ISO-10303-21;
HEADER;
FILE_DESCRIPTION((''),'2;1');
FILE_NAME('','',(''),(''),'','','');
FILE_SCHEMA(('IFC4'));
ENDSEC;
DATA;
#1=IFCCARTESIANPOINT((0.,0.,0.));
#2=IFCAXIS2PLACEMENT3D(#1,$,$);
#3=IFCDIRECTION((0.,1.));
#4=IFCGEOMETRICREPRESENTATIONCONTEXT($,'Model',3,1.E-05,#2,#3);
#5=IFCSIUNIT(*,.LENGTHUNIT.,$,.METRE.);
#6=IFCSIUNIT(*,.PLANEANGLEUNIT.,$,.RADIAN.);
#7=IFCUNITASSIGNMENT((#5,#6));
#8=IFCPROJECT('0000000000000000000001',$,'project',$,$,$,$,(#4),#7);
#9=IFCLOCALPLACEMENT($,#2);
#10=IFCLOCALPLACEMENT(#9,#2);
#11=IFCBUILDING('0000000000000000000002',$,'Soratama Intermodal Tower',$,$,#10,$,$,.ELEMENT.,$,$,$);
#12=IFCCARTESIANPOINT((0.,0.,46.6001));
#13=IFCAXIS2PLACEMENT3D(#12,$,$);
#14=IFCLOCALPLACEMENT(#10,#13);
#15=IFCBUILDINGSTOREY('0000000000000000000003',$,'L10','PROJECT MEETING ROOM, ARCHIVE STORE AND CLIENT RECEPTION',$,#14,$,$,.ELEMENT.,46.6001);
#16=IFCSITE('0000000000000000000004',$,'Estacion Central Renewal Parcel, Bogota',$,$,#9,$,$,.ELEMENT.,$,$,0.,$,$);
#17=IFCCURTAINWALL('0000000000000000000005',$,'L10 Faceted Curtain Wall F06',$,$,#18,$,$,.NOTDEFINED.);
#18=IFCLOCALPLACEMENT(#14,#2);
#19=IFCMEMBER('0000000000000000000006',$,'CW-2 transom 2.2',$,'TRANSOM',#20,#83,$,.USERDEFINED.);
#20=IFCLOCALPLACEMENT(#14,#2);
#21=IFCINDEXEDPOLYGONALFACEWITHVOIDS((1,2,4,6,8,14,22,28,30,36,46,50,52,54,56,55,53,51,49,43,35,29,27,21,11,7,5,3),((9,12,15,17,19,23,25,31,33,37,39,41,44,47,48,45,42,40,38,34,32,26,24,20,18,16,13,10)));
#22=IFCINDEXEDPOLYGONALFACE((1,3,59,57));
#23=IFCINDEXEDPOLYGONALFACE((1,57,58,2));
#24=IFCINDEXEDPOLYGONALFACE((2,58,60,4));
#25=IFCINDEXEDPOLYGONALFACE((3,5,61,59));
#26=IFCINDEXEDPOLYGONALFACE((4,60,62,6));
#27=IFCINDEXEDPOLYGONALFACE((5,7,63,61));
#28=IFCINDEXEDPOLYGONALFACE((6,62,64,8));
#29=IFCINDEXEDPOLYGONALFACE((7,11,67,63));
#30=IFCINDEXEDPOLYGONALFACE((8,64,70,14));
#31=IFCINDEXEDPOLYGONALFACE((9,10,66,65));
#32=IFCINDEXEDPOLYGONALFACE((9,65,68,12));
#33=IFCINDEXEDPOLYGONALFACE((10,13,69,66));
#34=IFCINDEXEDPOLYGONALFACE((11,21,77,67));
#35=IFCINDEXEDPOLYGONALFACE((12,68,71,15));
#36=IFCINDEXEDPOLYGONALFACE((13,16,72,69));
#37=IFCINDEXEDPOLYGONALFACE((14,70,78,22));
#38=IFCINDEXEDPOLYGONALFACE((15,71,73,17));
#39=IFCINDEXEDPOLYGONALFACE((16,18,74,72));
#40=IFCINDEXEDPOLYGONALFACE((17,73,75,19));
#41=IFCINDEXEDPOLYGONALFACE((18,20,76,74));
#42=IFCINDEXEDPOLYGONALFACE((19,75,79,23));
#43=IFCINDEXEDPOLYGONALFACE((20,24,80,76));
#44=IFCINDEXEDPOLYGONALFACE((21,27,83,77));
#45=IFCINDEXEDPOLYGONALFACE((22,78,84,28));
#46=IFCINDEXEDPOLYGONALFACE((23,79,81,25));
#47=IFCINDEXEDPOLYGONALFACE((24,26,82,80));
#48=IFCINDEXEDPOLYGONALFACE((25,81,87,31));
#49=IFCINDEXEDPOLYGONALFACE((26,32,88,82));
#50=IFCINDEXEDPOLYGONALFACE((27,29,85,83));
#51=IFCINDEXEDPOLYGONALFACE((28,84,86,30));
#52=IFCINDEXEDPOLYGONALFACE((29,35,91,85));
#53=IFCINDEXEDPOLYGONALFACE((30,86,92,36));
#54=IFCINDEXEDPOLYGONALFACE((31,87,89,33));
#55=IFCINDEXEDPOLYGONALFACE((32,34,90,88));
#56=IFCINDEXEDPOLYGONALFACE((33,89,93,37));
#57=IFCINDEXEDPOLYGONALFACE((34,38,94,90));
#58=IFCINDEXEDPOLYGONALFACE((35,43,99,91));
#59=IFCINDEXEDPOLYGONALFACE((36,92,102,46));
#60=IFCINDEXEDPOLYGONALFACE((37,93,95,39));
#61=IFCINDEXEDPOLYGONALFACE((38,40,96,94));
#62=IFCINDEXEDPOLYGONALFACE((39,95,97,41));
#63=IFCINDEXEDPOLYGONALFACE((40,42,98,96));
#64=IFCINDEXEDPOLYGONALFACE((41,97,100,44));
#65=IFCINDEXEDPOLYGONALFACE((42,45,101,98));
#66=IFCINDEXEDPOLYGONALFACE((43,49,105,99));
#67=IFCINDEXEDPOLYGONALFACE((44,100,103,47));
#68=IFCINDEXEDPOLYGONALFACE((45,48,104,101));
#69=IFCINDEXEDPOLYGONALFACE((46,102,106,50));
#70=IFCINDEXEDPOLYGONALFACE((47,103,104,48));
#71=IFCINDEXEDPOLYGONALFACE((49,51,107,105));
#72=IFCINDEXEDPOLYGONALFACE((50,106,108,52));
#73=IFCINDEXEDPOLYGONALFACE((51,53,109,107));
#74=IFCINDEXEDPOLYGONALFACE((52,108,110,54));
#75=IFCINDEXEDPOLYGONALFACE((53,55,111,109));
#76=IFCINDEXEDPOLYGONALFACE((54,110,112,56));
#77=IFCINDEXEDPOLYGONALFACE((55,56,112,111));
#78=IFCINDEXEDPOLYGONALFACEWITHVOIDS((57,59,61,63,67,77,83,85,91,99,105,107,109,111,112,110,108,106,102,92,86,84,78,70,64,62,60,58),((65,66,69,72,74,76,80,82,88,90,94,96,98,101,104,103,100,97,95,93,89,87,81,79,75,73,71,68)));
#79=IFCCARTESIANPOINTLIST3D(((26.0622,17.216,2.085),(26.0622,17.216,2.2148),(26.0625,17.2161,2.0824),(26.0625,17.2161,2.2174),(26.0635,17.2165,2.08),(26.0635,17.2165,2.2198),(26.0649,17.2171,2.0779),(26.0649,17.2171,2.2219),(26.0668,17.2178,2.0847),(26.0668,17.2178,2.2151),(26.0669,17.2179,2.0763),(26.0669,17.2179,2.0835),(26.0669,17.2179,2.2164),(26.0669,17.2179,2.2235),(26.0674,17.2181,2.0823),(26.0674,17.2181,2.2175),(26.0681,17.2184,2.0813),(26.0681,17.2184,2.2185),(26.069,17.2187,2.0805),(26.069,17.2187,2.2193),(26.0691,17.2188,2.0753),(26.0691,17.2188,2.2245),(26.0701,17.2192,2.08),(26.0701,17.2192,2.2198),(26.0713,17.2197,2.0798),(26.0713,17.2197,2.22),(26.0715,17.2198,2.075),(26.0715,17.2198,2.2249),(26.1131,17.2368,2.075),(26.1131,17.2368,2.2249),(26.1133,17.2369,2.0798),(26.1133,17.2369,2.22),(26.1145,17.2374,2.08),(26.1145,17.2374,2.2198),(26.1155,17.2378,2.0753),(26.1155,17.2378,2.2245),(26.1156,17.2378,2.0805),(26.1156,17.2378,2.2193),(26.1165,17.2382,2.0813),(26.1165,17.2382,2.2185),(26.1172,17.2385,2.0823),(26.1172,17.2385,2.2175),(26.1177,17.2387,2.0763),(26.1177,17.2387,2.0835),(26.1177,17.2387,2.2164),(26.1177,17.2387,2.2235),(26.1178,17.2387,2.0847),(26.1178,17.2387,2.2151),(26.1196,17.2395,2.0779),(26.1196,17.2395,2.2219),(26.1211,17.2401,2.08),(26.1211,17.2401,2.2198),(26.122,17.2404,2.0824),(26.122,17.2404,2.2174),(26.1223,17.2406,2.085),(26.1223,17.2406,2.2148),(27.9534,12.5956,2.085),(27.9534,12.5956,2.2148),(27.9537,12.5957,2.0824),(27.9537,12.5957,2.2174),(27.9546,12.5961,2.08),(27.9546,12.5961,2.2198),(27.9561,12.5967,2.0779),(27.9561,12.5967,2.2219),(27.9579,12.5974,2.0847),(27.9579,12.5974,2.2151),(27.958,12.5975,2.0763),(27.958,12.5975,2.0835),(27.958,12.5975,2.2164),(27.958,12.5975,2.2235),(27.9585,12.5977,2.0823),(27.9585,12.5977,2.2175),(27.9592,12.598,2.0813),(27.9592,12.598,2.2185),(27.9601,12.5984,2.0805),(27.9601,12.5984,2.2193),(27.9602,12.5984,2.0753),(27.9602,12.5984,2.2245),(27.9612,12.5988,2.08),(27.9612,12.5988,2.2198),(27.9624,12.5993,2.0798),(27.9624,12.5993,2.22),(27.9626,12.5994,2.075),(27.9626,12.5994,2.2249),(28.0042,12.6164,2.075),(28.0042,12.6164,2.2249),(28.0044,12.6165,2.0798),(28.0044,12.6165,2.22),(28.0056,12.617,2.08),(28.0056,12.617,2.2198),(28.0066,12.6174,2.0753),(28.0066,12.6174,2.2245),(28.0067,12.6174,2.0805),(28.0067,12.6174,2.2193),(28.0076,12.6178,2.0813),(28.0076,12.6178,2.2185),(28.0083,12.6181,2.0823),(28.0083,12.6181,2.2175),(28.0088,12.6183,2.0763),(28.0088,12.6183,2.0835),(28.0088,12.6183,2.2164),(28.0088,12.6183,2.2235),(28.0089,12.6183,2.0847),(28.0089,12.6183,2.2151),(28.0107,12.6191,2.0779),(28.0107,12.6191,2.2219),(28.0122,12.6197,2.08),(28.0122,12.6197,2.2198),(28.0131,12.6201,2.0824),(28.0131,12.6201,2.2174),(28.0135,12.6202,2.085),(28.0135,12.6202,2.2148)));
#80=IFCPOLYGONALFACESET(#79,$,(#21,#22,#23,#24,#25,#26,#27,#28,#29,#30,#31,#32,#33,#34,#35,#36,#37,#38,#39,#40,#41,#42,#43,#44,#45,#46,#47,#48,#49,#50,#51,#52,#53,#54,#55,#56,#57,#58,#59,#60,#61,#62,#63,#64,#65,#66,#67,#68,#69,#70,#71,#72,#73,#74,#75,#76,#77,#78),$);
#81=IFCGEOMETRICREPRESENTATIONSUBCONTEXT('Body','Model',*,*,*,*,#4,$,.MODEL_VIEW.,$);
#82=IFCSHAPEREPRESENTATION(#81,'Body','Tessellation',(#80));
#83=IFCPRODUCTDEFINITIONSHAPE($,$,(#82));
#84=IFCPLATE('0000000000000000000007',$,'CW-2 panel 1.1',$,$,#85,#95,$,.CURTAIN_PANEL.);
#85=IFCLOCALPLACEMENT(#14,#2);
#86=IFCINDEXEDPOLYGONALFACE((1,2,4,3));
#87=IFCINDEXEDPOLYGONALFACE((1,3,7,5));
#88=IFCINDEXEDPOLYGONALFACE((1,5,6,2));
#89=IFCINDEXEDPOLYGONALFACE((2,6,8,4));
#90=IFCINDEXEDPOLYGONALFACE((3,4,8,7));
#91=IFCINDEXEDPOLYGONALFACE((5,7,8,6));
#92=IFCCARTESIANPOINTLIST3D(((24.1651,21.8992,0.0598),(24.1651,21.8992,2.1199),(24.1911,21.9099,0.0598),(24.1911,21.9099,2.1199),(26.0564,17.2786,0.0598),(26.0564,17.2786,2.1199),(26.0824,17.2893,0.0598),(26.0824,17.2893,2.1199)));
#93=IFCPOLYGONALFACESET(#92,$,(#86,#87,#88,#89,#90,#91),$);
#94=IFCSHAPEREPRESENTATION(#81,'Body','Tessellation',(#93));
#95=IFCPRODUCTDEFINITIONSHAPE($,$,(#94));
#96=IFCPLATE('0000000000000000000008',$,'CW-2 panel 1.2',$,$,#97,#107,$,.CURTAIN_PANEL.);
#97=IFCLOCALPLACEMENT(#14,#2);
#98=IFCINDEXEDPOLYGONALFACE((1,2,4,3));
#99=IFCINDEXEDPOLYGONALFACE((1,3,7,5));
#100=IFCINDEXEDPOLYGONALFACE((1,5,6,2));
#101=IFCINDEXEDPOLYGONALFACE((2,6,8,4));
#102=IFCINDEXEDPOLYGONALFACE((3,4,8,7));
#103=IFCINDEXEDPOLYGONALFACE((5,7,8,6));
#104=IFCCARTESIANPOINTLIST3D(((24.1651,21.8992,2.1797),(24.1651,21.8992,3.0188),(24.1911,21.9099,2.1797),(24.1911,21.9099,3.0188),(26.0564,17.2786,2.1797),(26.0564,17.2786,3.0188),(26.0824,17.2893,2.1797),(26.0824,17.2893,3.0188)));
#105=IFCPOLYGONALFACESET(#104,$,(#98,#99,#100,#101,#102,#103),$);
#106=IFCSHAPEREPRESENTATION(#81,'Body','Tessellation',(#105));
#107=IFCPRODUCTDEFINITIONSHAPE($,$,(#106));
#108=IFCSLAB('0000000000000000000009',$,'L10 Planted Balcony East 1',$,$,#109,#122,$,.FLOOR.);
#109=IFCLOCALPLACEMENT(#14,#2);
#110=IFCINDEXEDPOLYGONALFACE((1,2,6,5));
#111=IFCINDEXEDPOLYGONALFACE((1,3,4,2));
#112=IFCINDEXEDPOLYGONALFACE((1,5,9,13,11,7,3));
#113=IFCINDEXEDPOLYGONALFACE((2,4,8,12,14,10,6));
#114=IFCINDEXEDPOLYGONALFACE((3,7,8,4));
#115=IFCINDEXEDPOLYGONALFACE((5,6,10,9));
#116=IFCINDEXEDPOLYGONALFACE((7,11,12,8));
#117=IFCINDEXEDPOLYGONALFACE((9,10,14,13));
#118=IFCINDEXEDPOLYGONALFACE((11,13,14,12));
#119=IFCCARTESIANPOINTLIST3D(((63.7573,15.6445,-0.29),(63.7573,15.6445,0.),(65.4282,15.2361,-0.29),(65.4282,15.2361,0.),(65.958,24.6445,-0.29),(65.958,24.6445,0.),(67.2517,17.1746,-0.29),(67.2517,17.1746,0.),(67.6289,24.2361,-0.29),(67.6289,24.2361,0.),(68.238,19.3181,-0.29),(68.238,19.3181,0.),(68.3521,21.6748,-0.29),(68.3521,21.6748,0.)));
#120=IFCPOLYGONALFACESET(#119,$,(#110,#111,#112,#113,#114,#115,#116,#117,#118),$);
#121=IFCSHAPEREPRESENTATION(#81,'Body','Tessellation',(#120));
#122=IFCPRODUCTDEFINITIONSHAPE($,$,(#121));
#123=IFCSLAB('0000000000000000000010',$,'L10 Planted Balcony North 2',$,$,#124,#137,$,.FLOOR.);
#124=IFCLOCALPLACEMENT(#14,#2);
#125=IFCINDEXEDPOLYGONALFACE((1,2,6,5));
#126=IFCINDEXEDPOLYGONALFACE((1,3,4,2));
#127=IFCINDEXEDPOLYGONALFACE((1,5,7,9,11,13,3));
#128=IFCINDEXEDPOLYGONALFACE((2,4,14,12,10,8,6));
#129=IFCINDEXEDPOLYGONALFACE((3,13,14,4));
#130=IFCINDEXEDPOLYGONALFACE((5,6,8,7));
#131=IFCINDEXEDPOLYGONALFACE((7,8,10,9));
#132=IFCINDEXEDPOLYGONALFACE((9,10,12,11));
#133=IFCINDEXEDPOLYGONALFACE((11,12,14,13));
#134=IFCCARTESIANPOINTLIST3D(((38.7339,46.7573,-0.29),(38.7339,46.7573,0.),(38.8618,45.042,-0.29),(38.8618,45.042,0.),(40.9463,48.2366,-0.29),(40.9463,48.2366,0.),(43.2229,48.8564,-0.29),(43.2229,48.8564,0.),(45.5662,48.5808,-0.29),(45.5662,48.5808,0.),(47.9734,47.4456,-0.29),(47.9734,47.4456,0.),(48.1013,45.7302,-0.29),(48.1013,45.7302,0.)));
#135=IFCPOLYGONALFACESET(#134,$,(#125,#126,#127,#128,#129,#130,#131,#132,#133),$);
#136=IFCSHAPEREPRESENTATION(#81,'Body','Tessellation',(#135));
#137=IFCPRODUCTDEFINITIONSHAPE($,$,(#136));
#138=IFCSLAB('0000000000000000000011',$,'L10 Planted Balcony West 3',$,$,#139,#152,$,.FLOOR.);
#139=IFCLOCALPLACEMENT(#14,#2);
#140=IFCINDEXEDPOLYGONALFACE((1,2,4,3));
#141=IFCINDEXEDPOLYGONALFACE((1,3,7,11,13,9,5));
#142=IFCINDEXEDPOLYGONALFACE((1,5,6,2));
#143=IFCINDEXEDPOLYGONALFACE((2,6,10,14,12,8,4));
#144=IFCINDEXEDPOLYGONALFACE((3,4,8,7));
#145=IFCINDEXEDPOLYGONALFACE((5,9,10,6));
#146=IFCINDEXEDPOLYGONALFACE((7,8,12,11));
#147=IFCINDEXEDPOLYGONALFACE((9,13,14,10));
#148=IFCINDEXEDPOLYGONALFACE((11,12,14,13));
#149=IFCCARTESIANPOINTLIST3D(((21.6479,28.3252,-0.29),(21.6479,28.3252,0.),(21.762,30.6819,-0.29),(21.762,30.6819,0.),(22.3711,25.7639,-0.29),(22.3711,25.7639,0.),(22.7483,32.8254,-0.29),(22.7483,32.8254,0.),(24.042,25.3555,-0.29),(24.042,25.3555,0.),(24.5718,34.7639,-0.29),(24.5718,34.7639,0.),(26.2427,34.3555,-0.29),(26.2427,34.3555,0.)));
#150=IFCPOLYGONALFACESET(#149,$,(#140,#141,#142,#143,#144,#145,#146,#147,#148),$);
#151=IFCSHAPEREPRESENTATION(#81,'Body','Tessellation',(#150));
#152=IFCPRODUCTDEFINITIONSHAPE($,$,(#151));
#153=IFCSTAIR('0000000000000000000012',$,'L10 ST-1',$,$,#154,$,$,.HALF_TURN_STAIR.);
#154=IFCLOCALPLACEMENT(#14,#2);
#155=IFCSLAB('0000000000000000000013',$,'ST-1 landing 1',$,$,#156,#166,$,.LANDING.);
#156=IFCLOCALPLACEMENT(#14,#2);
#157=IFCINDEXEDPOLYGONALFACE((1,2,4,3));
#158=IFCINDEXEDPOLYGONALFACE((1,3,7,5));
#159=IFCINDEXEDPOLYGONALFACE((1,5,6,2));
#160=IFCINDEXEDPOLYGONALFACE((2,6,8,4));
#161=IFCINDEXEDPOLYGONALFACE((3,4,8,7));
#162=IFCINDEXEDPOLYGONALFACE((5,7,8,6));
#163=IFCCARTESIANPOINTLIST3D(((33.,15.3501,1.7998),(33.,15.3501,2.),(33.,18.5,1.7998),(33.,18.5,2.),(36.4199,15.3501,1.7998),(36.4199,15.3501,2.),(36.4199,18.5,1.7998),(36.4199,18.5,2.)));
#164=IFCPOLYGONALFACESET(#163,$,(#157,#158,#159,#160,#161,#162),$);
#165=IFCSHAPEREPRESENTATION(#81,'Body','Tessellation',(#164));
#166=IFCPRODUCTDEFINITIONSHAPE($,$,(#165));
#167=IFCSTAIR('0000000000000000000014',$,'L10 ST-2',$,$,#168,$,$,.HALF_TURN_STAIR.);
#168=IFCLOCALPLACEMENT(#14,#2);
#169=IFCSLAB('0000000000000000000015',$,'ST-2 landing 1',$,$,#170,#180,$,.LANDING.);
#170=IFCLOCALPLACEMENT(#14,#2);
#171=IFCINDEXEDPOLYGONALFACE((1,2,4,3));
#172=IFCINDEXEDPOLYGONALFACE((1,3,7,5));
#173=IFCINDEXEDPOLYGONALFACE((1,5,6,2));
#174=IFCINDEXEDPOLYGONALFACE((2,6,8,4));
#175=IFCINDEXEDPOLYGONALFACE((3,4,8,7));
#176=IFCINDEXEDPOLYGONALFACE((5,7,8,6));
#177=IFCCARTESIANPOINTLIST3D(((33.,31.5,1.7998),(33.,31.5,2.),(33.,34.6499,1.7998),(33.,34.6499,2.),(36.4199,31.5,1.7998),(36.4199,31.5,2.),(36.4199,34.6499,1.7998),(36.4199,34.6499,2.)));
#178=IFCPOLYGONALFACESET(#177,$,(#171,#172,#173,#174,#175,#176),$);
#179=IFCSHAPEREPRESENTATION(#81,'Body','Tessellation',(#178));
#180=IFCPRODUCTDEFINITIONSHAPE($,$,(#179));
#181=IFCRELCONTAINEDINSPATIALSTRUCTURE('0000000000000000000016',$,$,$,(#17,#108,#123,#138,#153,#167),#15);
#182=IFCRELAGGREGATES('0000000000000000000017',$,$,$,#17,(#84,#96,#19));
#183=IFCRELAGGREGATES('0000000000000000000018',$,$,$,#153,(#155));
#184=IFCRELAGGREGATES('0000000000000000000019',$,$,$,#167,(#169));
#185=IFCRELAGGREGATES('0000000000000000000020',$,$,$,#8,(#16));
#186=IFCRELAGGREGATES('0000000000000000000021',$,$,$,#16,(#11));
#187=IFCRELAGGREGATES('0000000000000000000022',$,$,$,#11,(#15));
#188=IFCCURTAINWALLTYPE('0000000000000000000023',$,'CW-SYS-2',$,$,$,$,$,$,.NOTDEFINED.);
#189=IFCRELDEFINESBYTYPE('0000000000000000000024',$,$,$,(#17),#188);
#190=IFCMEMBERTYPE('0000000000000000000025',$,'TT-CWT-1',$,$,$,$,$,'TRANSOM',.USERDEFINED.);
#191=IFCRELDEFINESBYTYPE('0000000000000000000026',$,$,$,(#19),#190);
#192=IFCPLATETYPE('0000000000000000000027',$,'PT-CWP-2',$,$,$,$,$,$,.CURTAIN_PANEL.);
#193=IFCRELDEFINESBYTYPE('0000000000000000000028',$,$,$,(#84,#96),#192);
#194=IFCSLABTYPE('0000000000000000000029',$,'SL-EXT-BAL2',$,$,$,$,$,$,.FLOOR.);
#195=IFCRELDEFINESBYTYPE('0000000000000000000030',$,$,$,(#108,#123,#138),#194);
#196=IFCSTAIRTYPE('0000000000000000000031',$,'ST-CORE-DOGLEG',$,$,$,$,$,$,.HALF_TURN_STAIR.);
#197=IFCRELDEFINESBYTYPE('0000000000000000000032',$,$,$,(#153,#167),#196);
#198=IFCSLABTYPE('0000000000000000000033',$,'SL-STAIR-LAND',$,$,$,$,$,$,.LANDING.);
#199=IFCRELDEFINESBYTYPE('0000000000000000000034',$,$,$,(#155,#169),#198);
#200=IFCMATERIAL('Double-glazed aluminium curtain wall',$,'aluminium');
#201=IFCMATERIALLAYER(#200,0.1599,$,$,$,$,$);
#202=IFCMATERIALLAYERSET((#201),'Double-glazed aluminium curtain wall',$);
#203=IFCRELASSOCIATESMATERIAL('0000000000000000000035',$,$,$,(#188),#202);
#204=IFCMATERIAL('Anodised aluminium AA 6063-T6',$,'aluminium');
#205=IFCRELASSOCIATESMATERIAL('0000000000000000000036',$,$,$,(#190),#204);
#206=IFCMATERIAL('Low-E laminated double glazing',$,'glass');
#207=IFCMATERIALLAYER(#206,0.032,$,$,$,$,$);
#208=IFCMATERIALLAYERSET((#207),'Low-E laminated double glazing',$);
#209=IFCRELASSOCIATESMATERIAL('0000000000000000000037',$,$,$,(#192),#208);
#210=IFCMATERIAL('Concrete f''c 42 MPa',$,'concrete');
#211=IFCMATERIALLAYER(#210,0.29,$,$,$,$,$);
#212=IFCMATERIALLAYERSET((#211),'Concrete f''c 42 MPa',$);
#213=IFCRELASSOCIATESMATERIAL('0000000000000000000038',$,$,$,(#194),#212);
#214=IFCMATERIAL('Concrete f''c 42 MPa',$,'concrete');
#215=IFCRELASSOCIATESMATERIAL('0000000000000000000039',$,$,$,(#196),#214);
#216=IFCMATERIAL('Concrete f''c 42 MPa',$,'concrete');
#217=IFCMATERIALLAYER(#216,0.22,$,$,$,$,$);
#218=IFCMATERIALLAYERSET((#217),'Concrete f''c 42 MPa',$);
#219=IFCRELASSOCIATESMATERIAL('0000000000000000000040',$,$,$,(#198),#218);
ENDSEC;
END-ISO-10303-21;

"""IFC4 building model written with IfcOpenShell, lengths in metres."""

from ifc_helpers import new_model, si_unit, direction, frame, origin, origin_2d, place, context, subcontext, project, spatial, polyline, rectangle, hollow_rectangle, outline, extrude, material, layer, layer_set, material_profile, profile_set, type_object, element, aggregate, save


model = new_model("IFC4")

# Units and contexts
model_context = context("Model", 3, precision=1e-05, world=origin(), true_north=direction((0.0, 1.0)))
body_context = subcontext(model_context, "Body", "Model", "MODEL_VIEW")
ifc_project = project(units=[si_unit("LENGTHUNIT", "METRE"), si_unit("PLANEANGLEUNIT", "RADIAN")], contexts=[model_context])

# Site, building, storey
site_placement = place(None, origin())
site = spatial("IfcSite", under=ifc_project, at=site_placement, Name="Estacion Central Renewal Parcel, Bogota", CompositionType="ELEMENT", RefElevation=0.0)
building_placement = place(site_placement, origin())
building = spatial("IfcBuilding", under=site, at=building_placement, Name="Soratama Intermodal Tower", CompositionType="ELEMENT")
storey_placement = place(building_placement, frame((0.0, 0.0, 46.6001)))
storey = spatial("IfcBuildingStorey", under=building, at=storey_placement, Name="L10", Description="PROJECT MEETING ROOM, ARCHIVE STORE AND CLIENT RECEPTION", CompositionType="ELEMENT", Elevation=46.6001)

# Curtain wall, member, plates
ifc_material_1 = material(Name="Double-glazed aluminium curtain wall", Category="aluminium")
ifc_layer_1 = layer(ifc_material_1, 0.1599)
ifc_layer_set_1 = layer_set([ifc_layer_1], Name="Double-glazed aluminium curtain wall")
curtain_wall_type = type_object("IfcCurtainWallType", Name="CW-SYS-2", PredefinedType="NOTDEFINED", material=ifc_layer_set_1)
curtain_wall_placement = place(storey_placement, origin())
curtain_wall = element("IfcCurtainWall", 1, at=curtain_wall_placement, inside=storey, type_object=curtain_wall_type, Name="L10 Faceted Curtain Wall F06", PredefinedType="NOTDEFINED")
ifc_material_2 = material(Name="Anodised aluminium AA 6063-T6", Category="aluminium")
ifc_material_profile_1 = material_profile(ifc_material_2, hollow_rectangle(XDim=0.0649, YDim=0.1499, WallThickness=0.0049, InnerFilletRadius=0.0049, OuterFilletRadius=0.01, at=origin_2d()), Name="CWT150X65X5")
ifc_profile_set_1 = profile_set([ifc_material_profile_1], Name="Anodised aluminium AA 6063-T6")
member_type_1 = type_object("IfcMemberType", Name="TT-CWT-1", ElementType="TRANSOM", PredefinedType="USERDEFINED", material=ifc_profile_set_1)
member_1_placement = place(storey_placement, frame((26.0923, 17.2283, 2.1499), z_axis=(0.378799, -0.925479, 0.0), x_axis=(0.925479, 0.378799, 0.0)))
member_1 = element("IfcMember", 2, at=member_1_placement, type_object=member_type_1, Name="CW-2 transom 2.2", ObjectType="TRANSOM", PredefinedType="USERDEFINED", context=body_context, shape_type="SweptSolid", body=[
    extrude(hollow_rectangle(XDim=0.0649, YDim=0.1499, WallThickness=0.0049, InnerFilletRadius=0.0049, OuterFilletRadius=0.01, at=origin_2d()), origin(), (0.0, 0.0, 1.0), 4.9924),
])
ifc_material_3 = material(Name="Low-E laminated double glazing", Category="glass")
ifc_layer_2 = layer(ifc_material_3, 0.032)
ifc_layer_set_2 = layer_set([ifc_layer_2], Name="Low-E laminated double glazing")
plate_type = type_object("IfcPlateType", Name="PT-CWP-2", PredefinedType="CURTAIN_PANEL", material=ifc_layer_set_2)
plate_1_placement = place(storey_placement, frame((25.1238, 19.5942, 0.0598), z_axis=(0.0, 0.0, 1.0), x_axis=(0.378813, -0.925473, 0.0)))
plate_1 = element("IfcPlate", 3, at=plate_1_placement, type_object=plate_type, Name="CW-2 panel 1.1", PredefinedType="CURTAIN_PANEL", context=body_context, shape_type="SweptSolid", body=[
    extrude(rectangle(XDim=4.9927, YDim=0.0281, at=origin_2d()), origin(), (0.0, 0.0, 1.0), 2.0601),
])
plate_2_placement = place(storey_placement, frame((25.1238, 19.5942, 2.1797), z_axis=(0.0, 0.0, 1.0), x_axis=(0.378813, -0.925473, 0.0)))
plate_2 = element("IfcPlate", 4, at=plate_2_placement, type_object=plate_type, Name="CW-2 panel 1.2", PredefinedType="CURTAIN_PANEL", context=body_context, shape_type="SweptSolid", body=[
    extrude(rectangle(XDim=4.9927, YDim=0.0281, at=origin_2d()), origin(), (0.0, 0.0, 1.0), 0.8391),
])
aggregate(curtain_wall, [plate_1, plate_2, member_1])

# Slabs
ifc_material_4 = material(Name="Concrete f'c 42 MPa", Category="concrete")
ifc_layer_3 = layer(ifc_material_4, 0.29)
ifc_layer_set_3 = layer_set([ifc_layer_3], Name="Concrete f'c 42 MPa")
slab_type_1 = type_object("IfcSlabType", Name="SL-EXT-BAL2", PredefinedType="FLOOR", material=ifc_layer_set_3)
slab_1_placement = place(storey_placement, frame((0.0, 0.0, -0.29)))
element("IfcSlab", 5, at=slab_1_placement, inside=storey, type_object=slab_type_1, Name="L10 Planted Balcony East 1", PredefinedType="FLOOR", context=body_context, shape_type="SweptSolid", body=[
    extrude(outline(polyline([(63.7573, 15.6445), (65.958, 24.6445), (67.6289, 24.2361), (68.3521, 21.6748), (68.238, 19.3181), (67.2517, 17.1746), (65.4282, 15.2361), (63.7573, 15.6445)])), origin(), (0.0, 0.0, 1.0), 0.29),
])
slab_2_placement = place(storey_placement, frame((0.0, 0.0, -0.29)))
element("IfcSlab", 6, at=slab_2_placement, inside=storey, type_object=slab_type_1, Name="L10 Planted Balcony North 2", PredefinedType="FLOOR", context=body_context, shape_type="SweptSolid", body=[
    extrude(outline(polyline([(48.1013, 45.7302), (38.8618, 45.042), (38.7339, 46.7573), (40.9463, 48.2366), (43.2229, 48.8564), (45.5662, 48.5808), (47.9734, 47.4456), (48.1013, 45.7302)])), origin(), (0.0, 0.0, 1.0), 0.29),
])
slab_3_placement = place(storey_placement, frame((0.0, 0.0, -0.29)))
element("IfcSlab", 7, at=slab_3_placement, inside=storey, type_object=slab_type_1, Name="L10 Planted Balcony West 3", PredefinedType="FLOOR", context=body_context, shape_type="SweptSolid", body=[
    extrude(outline(polyline([(26.2427, 34.3555), (24.042, 25.3555), (22.3711, 25.7639), (21.6479, 28.3252), (21.762, 30.6819), (22.7483, 32.8254), (24.5718, 34.7639), (26.2427, 34.3555)])), origin(), (0.0, 0.0, 1.0), 0.29),
])

# Stairs, slabs
ifc_material_5 = material(Name="Concrete f'c 42 MPa", Category="concrete")
stair_type = type_object("IfcStairType", Name="ST-CORE-DOGLEG", PredefinedType="HALF_TURN_STAIR", material=ifc_material_5)
stair_1_placement = place(storey_placement, origin())
stair_1 = element("IfcStair", 8, at=stair_1_placement, inside=storey, type_object=stair_type, Name="L10 ST-1", PredefinedType="HALF_TURN_STAIR")
ifc_material_6 = material(Name="Concrete f'c 42 MPa", Category="concrete")
ifc_layer_4 = layer(ifc_material_6, 0.22)
ifc_layer_set_4 = layer_set([ifc_layer_4], Name="Concrete f'c 42 MPa")
slab_type_2 = type_object("IfcSlabType", Name="SL-STAIR-LAND", PredefinedType="LANDING", material=ifc_layer_set_4)
slab_4_placement = place(storey_placement, frame((0.0, 0.0, 1.7998)))
slab_4 = element("IfcSlab", 9, at=slab_4_placement, type_object=slab_type_2, Name="ST-1 landing 1", PredefinedType="LANDING", context=body_context, shape_type="SweptSolid", body=[
    extrude(outline(polyline([(36.4199, 18.5), (33.0, 18.5), (33.0, 15.3501), (36.4199, 15.3501), (36.4199, 18.5)])), origin(), (0.0, 0.0, 1.0), 0.2002),
])
aggregate(stair_1, [slab_4])
stair_2_placement = place(storey_placement, origin())
stair_2 = element("IfcStair", 10, at=stair_2_placement, inside=storey, type_object=stair_type, Name="L10 ST-2", PredefinedType="HALF_TURN_STAIR")
slab_5_placement = place(storey_placement, frame((0.0, 0.0, 1.7998)))
slab_5 = element("IfcSlab", 11, at=slab_5_placement, type_object=slab_type_2, Name="ST-2 landing 1", PredefinedType="LANDING", context=body_context, shape_type="SweptSolid", body=[
    extrude(outline(polyline([(36.4199, 34.6499), (33.0, 34.6499), (33.0, 31.5), (36.4199, 31.5), (36.4199, 34.6499)])), origin(), (0.0, 0.0, 1.0), 0.2002),
])
aggregate(stair_2, [slab_5])

save(model, "model.ifc")
